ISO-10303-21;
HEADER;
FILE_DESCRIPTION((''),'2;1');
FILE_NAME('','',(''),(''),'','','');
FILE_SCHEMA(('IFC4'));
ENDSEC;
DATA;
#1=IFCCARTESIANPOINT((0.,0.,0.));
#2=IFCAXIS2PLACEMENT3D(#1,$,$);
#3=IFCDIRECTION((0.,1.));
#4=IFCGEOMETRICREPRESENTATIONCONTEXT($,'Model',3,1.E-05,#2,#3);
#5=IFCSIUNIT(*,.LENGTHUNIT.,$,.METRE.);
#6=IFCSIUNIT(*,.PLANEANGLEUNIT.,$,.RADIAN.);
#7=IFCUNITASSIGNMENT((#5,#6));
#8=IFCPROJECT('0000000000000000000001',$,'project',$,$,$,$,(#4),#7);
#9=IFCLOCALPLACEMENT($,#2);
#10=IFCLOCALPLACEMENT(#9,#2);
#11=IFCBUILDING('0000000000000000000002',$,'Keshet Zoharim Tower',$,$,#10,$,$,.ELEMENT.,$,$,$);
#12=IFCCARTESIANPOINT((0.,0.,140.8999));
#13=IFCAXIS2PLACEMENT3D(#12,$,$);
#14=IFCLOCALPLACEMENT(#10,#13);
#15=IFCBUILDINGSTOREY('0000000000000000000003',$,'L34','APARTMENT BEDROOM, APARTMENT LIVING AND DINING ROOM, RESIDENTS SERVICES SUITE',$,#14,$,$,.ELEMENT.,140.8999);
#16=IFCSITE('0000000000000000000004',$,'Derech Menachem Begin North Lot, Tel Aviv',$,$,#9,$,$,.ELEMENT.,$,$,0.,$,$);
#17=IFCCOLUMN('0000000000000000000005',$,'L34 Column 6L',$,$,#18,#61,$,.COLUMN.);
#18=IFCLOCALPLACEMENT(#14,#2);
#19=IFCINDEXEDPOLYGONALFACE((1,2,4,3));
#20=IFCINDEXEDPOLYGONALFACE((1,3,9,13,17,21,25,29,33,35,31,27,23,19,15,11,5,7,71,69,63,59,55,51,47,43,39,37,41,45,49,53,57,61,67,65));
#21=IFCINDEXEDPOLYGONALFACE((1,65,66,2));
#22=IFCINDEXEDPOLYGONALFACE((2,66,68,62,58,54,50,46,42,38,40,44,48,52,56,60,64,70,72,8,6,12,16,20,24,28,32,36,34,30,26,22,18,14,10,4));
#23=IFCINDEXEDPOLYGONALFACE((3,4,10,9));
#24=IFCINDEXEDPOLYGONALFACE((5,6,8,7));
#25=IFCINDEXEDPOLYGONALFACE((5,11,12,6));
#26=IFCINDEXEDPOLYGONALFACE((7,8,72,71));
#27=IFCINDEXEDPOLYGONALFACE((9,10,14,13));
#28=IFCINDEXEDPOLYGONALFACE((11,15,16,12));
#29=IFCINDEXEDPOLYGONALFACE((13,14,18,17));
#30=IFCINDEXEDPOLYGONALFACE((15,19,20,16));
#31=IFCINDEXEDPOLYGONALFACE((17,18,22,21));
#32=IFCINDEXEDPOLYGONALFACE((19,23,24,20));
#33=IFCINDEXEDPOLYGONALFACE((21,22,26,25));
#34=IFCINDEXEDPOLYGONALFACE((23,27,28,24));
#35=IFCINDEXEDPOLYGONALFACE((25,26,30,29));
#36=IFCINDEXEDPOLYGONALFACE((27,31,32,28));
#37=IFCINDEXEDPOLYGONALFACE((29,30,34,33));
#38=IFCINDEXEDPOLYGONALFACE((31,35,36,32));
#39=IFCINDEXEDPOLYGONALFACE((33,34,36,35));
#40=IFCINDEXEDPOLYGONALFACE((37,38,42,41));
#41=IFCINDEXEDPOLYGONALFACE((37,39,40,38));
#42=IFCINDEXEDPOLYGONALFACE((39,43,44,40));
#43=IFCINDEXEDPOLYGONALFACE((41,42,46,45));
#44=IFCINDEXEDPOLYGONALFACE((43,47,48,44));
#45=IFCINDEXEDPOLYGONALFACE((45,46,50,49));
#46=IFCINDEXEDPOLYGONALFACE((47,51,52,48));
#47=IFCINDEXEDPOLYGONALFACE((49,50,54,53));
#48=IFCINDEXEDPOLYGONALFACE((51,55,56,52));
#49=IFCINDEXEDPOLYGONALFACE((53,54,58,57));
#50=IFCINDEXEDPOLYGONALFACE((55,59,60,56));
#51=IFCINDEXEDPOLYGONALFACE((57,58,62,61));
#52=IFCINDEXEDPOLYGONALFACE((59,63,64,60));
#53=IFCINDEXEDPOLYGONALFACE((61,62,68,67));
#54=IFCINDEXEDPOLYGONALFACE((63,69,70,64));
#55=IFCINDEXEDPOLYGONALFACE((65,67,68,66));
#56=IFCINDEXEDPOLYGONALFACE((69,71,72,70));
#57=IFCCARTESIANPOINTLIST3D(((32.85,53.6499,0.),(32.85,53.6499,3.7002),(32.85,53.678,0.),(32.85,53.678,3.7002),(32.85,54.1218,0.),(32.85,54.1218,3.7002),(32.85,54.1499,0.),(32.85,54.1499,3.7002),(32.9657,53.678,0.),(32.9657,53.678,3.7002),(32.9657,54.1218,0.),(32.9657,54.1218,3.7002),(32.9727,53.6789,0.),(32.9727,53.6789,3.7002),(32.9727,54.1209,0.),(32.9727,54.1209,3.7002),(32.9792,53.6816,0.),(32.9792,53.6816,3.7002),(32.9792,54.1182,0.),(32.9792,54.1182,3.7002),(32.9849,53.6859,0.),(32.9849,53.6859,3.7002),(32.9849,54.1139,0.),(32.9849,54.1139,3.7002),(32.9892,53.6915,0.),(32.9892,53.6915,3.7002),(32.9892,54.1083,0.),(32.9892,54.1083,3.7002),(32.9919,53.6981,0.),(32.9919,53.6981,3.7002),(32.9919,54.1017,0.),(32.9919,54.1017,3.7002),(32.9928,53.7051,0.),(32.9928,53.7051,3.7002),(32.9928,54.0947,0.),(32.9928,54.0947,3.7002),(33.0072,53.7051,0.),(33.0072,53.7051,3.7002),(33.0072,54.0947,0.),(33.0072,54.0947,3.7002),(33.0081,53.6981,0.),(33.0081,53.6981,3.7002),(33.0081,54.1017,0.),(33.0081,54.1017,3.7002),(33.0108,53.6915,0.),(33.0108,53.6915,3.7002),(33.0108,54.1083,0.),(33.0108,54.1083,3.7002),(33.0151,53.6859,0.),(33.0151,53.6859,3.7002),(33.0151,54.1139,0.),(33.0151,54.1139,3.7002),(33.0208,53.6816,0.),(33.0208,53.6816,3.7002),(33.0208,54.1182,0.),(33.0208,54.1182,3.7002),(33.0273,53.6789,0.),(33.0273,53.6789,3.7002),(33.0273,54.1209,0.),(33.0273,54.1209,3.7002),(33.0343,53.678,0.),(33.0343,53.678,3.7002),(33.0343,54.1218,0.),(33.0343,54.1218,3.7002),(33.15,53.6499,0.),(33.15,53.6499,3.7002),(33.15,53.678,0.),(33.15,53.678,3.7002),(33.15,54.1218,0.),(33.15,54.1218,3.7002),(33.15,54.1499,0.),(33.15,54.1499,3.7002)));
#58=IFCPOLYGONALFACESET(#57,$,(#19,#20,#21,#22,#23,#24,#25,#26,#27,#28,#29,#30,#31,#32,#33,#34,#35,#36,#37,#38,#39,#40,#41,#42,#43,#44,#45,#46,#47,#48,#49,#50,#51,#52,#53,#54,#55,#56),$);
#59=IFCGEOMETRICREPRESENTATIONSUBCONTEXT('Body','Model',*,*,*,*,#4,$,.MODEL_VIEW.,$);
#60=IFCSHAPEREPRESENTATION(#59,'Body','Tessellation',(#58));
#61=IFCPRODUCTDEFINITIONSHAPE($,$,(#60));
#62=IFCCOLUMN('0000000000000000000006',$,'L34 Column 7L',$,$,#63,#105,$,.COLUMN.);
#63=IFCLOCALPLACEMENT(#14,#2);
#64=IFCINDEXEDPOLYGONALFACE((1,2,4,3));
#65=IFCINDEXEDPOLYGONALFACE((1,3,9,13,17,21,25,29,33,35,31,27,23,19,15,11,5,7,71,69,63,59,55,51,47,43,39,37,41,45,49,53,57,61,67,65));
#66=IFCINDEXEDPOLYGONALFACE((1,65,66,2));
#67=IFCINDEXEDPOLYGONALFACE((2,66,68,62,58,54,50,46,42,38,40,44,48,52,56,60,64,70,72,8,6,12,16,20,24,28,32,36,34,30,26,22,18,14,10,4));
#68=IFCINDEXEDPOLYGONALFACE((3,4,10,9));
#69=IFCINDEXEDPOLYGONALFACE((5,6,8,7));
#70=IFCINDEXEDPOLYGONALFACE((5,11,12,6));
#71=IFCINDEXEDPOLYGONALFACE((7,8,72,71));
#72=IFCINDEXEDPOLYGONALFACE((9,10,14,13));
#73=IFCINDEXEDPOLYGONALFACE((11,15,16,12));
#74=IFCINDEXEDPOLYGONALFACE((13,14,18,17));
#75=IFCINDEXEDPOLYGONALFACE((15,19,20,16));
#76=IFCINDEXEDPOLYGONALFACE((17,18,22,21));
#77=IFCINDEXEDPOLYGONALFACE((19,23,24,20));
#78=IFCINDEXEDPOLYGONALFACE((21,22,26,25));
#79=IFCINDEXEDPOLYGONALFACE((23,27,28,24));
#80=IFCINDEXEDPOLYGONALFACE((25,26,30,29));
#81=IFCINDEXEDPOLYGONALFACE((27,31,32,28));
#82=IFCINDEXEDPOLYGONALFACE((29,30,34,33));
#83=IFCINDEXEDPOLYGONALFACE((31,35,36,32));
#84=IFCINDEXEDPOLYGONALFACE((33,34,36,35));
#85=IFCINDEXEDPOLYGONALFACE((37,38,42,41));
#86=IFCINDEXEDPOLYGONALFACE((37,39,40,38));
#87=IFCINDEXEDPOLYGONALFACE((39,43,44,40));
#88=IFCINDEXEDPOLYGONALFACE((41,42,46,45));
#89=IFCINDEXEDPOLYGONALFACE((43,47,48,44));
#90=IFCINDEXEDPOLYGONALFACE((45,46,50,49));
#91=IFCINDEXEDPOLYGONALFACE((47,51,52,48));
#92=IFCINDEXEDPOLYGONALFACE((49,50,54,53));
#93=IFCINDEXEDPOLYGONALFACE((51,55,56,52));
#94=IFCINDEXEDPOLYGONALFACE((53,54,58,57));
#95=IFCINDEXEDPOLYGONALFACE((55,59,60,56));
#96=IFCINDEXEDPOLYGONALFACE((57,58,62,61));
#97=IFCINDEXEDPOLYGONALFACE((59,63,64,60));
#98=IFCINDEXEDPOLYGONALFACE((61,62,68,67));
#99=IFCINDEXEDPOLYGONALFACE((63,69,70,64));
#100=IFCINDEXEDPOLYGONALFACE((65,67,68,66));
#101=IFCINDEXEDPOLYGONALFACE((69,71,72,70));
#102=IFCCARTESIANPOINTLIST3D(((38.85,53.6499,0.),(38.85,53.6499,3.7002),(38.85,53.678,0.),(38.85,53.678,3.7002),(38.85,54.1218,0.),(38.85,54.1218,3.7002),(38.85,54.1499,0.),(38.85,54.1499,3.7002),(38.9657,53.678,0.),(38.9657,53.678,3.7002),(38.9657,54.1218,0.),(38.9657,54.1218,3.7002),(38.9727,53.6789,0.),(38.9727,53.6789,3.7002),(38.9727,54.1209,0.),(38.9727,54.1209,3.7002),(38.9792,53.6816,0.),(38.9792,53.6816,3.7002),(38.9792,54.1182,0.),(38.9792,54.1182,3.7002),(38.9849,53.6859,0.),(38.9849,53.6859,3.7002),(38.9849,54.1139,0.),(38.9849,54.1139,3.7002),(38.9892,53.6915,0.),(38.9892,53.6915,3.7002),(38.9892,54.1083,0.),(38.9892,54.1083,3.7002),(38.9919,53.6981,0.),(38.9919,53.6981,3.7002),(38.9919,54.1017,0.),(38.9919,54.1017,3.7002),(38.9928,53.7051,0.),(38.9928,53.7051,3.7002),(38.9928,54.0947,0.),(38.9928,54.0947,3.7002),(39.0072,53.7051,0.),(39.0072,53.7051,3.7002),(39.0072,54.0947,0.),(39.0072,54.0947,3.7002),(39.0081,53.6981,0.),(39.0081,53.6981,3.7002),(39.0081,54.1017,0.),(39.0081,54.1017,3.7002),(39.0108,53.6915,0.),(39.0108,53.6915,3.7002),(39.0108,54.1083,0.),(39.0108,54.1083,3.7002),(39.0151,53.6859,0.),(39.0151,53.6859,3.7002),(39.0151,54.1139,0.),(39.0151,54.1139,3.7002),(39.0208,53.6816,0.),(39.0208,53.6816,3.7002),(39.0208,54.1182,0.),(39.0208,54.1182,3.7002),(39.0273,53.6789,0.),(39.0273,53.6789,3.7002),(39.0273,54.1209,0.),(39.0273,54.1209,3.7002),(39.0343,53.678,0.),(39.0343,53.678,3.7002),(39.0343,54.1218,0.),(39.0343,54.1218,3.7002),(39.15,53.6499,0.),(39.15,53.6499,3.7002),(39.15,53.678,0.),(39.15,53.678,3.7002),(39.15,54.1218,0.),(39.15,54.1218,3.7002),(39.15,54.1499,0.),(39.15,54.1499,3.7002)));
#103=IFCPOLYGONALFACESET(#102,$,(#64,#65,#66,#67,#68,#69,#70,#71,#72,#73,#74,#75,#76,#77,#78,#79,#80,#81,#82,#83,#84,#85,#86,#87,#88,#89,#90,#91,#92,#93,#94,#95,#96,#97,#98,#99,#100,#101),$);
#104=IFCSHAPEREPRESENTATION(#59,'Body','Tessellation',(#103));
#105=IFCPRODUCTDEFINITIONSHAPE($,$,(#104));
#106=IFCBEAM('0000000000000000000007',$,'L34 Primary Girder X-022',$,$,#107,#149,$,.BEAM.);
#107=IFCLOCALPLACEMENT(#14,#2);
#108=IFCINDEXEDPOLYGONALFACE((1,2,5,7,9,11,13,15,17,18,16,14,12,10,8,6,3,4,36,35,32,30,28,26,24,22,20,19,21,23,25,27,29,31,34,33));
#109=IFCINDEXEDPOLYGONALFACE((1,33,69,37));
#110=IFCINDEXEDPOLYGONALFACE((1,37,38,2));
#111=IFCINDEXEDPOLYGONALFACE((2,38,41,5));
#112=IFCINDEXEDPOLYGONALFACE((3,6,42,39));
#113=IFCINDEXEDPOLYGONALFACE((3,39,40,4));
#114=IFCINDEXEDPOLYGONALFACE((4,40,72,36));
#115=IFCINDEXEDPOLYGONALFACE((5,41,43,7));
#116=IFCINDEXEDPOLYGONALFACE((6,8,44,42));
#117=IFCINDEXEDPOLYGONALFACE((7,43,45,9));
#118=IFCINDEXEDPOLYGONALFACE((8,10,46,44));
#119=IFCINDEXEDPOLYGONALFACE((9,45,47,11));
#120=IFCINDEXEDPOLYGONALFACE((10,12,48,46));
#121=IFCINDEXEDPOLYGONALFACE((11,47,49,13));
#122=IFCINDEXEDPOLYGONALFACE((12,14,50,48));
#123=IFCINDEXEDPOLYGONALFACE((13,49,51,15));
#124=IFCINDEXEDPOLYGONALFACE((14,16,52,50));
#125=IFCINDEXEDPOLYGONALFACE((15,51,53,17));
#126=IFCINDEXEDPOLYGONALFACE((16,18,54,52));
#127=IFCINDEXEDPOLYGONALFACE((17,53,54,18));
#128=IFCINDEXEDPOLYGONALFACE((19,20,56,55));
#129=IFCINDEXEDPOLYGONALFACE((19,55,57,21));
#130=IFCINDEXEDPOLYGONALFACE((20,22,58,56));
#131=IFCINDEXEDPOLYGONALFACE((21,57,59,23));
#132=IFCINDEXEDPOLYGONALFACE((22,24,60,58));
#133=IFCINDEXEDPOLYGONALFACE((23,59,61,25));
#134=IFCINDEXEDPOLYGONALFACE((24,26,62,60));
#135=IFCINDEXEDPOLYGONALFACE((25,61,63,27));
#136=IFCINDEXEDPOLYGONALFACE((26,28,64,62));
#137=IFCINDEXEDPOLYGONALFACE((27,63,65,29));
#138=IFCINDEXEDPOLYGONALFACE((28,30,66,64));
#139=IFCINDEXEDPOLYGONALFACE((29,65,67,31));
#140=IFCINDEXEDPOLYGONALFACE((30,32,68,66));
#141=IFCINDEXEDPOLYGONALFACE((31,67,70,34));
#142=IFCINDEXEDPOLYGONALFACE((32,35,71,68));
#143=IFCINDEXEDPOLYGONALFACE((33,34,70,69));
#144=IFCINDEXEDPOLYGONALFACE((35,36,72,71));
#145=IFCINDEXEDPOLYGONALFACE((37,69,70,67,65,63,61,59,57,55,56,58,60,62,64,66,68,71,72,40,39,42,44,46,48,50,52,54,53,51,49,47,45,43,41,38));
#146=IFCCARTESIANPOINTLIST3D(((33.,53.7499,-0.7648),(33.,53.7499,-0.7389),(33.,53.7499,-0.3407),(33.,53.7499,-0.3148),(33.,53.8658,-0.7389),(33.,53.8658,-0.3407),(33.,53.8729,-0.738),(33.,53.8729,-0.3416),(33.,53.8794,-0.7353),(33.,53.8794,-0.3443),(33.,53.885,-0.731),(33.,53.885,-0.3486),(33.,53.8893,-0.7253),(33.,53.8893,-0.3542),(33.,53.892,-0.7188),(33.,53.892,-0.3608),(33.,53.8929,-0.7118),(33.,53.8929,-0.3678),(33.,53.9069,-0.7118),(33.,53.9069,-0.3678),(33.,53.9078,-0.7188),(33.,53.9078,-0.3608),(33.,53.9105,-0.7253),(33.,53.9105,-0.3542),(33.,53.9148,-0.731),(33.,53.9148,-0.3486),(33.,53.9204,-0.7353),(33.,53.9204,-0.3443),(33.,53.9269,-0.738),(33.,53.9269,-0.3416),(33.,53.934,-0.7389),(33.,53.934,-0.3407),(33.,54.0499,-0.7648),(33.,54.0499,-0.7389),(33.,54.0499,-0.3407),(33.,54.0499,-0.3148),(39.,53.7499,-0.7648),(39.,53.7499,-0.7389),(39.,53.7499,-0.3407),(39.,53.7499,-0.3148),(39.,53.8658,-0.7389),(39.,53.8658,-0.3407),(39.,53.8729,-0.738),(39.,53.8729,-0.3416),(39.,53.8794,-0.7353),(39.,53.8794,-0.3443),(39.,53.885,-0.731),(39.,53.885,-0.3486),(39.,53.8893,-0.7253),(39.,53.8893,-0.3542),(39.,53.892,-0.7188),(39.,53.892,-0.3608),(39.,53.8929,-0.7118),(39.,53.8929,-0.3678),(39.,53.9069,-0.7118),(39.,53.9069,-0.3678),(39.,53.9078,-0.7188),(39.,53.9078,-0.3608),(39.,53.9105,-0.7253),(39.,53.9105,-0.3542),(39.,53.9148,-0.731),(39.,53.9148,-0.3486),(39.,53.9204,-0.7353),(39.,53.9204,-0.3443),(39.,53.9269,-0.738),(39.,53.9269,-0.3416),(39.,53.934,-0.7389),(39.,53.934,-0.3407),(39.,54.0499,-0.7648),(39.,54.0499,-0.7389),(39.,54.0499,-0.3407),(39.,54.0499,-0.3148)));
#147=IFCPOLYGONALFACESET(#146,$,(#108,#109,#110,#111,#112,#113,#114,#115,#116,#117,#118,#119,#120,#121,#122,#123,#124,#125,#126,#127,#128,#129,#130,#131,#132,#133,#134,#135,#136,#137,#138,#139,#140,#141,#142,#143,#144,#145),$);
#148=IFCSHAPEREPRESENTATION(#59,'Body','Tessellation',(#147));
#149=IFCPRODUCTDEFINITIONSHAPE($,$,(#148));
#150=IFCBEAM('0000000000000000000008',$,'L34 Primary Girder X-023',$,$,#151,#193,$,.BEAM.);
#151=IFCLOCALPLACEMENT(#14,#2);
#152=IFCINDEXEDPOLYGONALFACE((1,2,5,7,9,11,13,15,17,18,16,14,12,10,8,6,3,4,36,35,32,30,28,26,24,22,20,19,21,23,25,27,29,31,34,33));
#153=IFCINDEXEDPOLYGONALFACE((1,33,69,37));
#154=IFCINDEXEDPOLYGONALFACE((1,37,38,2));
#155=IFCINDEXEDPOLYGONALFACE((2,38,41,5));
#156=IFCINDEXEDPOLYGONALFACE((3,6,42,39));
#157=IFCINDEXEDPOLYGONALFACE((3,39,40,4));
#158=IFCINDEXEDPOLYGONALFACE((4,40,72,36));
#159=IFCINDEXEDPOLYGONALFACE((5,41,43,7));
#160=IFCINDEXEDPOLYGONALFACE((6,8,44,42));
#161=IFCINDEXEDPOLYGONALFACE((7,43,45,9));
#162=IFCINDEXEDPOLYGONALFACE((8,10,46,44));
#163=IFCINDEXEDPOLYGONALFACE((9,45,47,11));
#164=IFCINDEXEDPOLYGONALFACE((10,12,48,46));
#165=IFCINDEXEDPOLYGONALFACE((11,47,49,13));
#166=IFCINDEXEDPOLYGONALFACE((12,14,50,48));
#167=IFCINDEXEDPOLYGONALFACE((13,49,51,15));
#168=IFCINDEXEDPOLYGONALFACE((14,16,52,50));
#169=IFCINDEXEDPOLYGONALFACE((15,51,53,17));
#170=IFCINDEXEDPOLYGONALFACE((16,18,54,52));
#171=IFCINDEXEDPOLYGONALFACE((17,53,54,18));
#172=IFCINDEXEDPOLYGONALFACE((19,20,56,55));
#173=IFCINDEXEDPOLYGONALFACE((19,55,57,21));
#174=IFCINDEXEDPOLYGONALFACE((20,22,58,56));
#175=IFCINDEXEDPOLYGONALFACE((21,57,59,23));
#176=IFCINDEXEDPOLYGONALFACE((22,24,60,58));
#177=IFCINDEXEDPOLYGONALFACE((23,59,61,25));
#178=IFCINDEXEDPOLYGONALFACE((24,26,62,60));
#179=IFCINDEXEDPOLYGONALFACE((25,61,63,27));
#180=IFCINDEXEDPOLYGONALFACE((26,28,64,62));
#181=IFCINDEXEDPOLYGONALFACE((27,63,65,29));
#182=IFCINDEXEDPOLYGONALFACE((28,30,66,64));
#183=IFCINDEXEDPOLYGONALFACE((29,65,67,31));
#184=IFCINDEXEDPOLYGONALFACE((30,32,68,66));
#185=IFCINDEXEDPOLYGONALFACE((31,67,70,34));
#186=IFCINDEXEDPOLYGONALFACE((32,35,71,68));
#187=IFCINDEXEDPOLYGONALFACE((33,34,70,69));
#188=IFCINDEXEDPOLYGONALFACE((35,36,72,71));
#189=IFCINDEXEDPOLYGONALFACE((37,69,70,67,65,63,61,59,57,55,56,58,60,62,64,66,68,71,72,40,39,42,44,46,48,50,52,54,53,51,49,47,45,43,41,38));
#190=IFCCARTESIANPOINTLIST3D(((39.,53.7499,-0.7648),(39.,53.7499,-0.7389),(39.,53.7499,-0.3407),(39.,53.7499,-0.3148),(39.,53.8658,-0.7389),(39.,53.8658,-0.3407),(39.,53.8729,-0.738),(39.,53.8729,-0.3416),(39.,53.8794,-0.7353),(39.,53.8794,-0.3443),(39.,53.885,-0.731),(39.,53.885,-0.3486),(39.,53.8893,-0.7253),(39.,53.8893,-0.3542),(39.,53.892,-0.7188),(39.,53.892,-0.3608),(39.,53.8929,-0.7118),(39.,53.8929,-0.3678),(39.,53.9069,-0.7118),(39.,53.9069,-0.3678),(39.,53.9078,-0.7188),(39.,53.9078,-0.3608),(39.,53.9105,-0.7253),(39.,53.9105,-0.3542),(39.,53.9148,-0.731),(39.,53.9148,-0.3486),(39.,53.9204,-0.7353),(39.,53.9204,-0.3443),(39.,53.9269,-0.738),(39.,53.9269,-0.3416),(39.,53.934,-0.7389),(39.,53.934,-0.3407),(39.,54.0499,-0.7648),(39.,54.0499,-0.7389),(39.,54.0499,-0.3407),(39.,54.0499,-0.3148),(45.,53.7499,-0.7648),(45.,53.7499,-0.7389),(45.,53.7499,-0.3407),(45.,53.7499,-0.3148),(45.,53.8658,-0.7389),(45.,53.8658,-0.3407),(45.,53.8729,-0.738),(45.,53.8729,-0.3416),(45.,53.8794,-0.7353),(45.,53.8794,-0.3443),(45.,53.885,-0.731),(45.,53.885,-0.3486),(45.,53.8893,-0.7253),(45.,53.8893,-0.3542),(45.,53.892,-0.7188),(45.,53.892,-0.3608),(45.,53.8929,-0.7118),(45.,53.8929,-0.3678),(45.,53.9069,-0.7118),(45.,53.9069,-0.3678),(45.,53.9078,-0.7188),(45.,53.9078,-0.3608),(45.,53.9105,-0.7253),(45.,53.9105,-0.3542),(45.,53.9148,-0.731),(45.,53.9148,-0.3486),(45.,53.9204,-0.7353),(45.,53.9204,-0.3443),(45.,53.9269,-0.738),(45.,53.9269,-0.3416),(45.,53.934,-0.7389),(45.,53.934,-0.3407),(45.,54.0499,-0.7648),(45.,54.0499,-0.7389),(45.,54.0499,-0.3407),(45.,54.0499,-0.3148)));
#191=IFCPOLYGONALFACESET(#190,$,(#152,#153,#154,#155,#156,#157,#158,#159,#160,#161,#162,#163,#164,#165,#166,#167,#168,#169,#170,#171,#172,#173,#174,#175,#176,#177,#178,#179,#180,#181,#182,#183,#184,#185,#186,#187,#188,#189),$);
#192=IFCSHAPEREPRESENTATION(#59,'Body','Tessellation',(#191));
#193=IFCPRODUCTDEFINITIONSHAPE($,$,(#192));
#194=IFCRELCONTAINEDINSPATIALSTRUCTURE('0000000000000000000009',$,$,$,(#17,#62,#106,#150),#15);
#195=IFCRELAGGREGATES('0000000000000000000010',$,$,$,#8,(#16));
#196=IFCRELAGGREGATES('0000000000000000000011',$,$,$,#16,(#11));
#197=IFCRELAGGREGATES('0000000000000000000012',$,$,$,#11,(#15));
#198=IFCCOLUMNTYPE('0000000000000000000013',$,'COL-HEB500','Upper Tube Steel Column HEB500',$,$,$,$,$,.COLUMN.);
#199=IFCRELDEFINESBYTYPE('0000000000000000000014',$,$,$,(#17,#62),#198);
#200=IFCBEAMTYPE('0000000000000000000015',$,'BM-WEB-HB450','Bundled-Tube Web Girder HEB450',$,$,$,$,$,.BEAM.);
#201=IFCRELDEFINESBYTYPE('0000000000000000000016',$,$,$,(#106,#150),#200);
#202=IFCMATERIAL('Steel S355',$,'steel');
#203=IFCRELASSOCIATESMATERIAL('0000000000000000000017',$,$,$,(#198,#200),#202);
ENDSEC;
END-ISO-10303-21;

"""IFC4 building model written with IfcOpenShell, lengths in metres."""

from ifc_helpers import new_model, si_unit, direction, frame, origin, origin_2d, place, context, subcontext, project, spatial, i_section, extrude, material, material_profile, profile_set, type_object, element, save


model = new_model("IFC4")

# Units and contexts
model_context = context("Model", 3, precision=1e-05, world=origin(), true_north=direction((0.0, 1.0)))
body_context = subcontext(model_context, "Body", "Model", "MODEL_VIEW")
ifc_project = project(units=[si_unit("LENGTHUNIT", "METRE"), si_unit("PLANEANGLEUNIT", "RADIAN")], contexts=[model_context])

# Site, building, storey
site_placement = place(None, origin())
site = spatial("IfcSite", under=ifc_project, at=site_placement, Name="Derech Menachem Begin North Lot, Tel Aviv", CompositionType="ELEMENT", RefElevation=0.0)
building_placement = place(site_placement, origin())
building = spatial("IfcBuilding", under=site, at=building_placement, Name="Keshet Zoharim Tower", CompositionType="ELEMENT")
storey_placement = place(building_placement, frame((0.0, 0.0, 140.8999)))
storey = spatial("IfcBuildingStorey", under=building, at=storey_placement, Name="L34", Description="APARTMENT BEDROOM, APARTMENT LIVING AND DINING ROOM, RESIDENTS SERVICES SUITE", CompositionType="ELEMENT", Elevation=140.8999)

# Columns
ifc_material_1 = material(Name="Steel S355", Category="steel")
ifc_material_profile_1 = material_profile(ifc_material_1, i_section(OverallWidth=0.3, OverallDepth=0.5, WebThickness=0.0144, FlangeThickness=0.0281, FilletRadius=0.0271, at=origin_2d()), Name="HEB500")
ifc_profile_set_1 = profile_set([ifc_material_profile_1], Name="Steel S355")
column_type = type_object("IfcColumnType", Name="COL-HEB500", Description="Upper Tube Steel Column HEB500", PredefinedType="COLUMN", material=ifc_profile_set_1)
for number, where, z_axis, x_axis, name in (
    (1, (33.0, 53.8999, 0.0), (0.0, 0.0, 1.0), (1.0, 0.0, 0.0), "L34 Column 6L"),
    (2, (39.0, 53.8999, 0.0), (0.0, 0.0, 1.0), (1.0, 0.0, 0.0), "L34 Column 7L"),
):
    element("IfcColumn", number, at=place(storey_placement, frame(where, z_axis=z_axis, x_axis=x_axis)), inside=storey, type_object=column_type, Name=name, PredefinedType="COLUMN", context=body_context, shape_type="SweptSolid", body=[
        extrude(i_section(OverallWidth=0.3, OverallDepth=0.5, WebThickness=0.0144, FlangeThickness=0.0281, FilletRadius=0.0271, at=origin_2d()), origin(), (0.0, 0.0, 1.0), 3.7002),
    ])

# Beams
ifc_material_profile_2 = material_profile(ifc_material_1, i_section(OverallWidth=0.3, OverallDepth=0.45, WebThickness=0.0139, FlangeThickness=0.0259, FilletRadius=0.0271, at=origin_2d()), Name="HEB450")
ifc_profile_set_2 = profile_set([ifc_material_profile_2], Name="Steel S355")
beam_type = type_object("IfcBeamType", Name="BM-WEB-HB450", Description="Bundled-Tube Web Girder HEB450", PredefinedType="BEAM", material=ifc_profile_set_2)
for number, where, z_axis, x_axis, name in (
    (3, (33.0, 53.8999, -0.5398), (1.0, 0.0, 0.0), (0.0, 1.0, 0.0), "L34 Primary Girder X-022"),
    (4, (39.0, 53.8999, -0.5398), (1.0, 0.0, 0.0), (0.0, 1.0, 0.0), "L34 Primary Girder X-023"),
):
    element("IfcBeam", number, at=place(storey_placement, frame(where, z_axis=z_axis, x_axis=x_axis)), inside=storey, type_object=beam_type, Name=name, PredefinedType="BEAM", context=body_context, shape_type="SweptSolid", body=[
        extrude(i_section(OverallWidth=0.3, OverallDepth=0.45, WebThickness=0.0139, FlangeThickness=0.0259, FilletRadius=0.0271, at=origin_2d()), origin(), (0.0, 0.0, 1.0), 6.0),
    ])

save(model, "model.ifc")
